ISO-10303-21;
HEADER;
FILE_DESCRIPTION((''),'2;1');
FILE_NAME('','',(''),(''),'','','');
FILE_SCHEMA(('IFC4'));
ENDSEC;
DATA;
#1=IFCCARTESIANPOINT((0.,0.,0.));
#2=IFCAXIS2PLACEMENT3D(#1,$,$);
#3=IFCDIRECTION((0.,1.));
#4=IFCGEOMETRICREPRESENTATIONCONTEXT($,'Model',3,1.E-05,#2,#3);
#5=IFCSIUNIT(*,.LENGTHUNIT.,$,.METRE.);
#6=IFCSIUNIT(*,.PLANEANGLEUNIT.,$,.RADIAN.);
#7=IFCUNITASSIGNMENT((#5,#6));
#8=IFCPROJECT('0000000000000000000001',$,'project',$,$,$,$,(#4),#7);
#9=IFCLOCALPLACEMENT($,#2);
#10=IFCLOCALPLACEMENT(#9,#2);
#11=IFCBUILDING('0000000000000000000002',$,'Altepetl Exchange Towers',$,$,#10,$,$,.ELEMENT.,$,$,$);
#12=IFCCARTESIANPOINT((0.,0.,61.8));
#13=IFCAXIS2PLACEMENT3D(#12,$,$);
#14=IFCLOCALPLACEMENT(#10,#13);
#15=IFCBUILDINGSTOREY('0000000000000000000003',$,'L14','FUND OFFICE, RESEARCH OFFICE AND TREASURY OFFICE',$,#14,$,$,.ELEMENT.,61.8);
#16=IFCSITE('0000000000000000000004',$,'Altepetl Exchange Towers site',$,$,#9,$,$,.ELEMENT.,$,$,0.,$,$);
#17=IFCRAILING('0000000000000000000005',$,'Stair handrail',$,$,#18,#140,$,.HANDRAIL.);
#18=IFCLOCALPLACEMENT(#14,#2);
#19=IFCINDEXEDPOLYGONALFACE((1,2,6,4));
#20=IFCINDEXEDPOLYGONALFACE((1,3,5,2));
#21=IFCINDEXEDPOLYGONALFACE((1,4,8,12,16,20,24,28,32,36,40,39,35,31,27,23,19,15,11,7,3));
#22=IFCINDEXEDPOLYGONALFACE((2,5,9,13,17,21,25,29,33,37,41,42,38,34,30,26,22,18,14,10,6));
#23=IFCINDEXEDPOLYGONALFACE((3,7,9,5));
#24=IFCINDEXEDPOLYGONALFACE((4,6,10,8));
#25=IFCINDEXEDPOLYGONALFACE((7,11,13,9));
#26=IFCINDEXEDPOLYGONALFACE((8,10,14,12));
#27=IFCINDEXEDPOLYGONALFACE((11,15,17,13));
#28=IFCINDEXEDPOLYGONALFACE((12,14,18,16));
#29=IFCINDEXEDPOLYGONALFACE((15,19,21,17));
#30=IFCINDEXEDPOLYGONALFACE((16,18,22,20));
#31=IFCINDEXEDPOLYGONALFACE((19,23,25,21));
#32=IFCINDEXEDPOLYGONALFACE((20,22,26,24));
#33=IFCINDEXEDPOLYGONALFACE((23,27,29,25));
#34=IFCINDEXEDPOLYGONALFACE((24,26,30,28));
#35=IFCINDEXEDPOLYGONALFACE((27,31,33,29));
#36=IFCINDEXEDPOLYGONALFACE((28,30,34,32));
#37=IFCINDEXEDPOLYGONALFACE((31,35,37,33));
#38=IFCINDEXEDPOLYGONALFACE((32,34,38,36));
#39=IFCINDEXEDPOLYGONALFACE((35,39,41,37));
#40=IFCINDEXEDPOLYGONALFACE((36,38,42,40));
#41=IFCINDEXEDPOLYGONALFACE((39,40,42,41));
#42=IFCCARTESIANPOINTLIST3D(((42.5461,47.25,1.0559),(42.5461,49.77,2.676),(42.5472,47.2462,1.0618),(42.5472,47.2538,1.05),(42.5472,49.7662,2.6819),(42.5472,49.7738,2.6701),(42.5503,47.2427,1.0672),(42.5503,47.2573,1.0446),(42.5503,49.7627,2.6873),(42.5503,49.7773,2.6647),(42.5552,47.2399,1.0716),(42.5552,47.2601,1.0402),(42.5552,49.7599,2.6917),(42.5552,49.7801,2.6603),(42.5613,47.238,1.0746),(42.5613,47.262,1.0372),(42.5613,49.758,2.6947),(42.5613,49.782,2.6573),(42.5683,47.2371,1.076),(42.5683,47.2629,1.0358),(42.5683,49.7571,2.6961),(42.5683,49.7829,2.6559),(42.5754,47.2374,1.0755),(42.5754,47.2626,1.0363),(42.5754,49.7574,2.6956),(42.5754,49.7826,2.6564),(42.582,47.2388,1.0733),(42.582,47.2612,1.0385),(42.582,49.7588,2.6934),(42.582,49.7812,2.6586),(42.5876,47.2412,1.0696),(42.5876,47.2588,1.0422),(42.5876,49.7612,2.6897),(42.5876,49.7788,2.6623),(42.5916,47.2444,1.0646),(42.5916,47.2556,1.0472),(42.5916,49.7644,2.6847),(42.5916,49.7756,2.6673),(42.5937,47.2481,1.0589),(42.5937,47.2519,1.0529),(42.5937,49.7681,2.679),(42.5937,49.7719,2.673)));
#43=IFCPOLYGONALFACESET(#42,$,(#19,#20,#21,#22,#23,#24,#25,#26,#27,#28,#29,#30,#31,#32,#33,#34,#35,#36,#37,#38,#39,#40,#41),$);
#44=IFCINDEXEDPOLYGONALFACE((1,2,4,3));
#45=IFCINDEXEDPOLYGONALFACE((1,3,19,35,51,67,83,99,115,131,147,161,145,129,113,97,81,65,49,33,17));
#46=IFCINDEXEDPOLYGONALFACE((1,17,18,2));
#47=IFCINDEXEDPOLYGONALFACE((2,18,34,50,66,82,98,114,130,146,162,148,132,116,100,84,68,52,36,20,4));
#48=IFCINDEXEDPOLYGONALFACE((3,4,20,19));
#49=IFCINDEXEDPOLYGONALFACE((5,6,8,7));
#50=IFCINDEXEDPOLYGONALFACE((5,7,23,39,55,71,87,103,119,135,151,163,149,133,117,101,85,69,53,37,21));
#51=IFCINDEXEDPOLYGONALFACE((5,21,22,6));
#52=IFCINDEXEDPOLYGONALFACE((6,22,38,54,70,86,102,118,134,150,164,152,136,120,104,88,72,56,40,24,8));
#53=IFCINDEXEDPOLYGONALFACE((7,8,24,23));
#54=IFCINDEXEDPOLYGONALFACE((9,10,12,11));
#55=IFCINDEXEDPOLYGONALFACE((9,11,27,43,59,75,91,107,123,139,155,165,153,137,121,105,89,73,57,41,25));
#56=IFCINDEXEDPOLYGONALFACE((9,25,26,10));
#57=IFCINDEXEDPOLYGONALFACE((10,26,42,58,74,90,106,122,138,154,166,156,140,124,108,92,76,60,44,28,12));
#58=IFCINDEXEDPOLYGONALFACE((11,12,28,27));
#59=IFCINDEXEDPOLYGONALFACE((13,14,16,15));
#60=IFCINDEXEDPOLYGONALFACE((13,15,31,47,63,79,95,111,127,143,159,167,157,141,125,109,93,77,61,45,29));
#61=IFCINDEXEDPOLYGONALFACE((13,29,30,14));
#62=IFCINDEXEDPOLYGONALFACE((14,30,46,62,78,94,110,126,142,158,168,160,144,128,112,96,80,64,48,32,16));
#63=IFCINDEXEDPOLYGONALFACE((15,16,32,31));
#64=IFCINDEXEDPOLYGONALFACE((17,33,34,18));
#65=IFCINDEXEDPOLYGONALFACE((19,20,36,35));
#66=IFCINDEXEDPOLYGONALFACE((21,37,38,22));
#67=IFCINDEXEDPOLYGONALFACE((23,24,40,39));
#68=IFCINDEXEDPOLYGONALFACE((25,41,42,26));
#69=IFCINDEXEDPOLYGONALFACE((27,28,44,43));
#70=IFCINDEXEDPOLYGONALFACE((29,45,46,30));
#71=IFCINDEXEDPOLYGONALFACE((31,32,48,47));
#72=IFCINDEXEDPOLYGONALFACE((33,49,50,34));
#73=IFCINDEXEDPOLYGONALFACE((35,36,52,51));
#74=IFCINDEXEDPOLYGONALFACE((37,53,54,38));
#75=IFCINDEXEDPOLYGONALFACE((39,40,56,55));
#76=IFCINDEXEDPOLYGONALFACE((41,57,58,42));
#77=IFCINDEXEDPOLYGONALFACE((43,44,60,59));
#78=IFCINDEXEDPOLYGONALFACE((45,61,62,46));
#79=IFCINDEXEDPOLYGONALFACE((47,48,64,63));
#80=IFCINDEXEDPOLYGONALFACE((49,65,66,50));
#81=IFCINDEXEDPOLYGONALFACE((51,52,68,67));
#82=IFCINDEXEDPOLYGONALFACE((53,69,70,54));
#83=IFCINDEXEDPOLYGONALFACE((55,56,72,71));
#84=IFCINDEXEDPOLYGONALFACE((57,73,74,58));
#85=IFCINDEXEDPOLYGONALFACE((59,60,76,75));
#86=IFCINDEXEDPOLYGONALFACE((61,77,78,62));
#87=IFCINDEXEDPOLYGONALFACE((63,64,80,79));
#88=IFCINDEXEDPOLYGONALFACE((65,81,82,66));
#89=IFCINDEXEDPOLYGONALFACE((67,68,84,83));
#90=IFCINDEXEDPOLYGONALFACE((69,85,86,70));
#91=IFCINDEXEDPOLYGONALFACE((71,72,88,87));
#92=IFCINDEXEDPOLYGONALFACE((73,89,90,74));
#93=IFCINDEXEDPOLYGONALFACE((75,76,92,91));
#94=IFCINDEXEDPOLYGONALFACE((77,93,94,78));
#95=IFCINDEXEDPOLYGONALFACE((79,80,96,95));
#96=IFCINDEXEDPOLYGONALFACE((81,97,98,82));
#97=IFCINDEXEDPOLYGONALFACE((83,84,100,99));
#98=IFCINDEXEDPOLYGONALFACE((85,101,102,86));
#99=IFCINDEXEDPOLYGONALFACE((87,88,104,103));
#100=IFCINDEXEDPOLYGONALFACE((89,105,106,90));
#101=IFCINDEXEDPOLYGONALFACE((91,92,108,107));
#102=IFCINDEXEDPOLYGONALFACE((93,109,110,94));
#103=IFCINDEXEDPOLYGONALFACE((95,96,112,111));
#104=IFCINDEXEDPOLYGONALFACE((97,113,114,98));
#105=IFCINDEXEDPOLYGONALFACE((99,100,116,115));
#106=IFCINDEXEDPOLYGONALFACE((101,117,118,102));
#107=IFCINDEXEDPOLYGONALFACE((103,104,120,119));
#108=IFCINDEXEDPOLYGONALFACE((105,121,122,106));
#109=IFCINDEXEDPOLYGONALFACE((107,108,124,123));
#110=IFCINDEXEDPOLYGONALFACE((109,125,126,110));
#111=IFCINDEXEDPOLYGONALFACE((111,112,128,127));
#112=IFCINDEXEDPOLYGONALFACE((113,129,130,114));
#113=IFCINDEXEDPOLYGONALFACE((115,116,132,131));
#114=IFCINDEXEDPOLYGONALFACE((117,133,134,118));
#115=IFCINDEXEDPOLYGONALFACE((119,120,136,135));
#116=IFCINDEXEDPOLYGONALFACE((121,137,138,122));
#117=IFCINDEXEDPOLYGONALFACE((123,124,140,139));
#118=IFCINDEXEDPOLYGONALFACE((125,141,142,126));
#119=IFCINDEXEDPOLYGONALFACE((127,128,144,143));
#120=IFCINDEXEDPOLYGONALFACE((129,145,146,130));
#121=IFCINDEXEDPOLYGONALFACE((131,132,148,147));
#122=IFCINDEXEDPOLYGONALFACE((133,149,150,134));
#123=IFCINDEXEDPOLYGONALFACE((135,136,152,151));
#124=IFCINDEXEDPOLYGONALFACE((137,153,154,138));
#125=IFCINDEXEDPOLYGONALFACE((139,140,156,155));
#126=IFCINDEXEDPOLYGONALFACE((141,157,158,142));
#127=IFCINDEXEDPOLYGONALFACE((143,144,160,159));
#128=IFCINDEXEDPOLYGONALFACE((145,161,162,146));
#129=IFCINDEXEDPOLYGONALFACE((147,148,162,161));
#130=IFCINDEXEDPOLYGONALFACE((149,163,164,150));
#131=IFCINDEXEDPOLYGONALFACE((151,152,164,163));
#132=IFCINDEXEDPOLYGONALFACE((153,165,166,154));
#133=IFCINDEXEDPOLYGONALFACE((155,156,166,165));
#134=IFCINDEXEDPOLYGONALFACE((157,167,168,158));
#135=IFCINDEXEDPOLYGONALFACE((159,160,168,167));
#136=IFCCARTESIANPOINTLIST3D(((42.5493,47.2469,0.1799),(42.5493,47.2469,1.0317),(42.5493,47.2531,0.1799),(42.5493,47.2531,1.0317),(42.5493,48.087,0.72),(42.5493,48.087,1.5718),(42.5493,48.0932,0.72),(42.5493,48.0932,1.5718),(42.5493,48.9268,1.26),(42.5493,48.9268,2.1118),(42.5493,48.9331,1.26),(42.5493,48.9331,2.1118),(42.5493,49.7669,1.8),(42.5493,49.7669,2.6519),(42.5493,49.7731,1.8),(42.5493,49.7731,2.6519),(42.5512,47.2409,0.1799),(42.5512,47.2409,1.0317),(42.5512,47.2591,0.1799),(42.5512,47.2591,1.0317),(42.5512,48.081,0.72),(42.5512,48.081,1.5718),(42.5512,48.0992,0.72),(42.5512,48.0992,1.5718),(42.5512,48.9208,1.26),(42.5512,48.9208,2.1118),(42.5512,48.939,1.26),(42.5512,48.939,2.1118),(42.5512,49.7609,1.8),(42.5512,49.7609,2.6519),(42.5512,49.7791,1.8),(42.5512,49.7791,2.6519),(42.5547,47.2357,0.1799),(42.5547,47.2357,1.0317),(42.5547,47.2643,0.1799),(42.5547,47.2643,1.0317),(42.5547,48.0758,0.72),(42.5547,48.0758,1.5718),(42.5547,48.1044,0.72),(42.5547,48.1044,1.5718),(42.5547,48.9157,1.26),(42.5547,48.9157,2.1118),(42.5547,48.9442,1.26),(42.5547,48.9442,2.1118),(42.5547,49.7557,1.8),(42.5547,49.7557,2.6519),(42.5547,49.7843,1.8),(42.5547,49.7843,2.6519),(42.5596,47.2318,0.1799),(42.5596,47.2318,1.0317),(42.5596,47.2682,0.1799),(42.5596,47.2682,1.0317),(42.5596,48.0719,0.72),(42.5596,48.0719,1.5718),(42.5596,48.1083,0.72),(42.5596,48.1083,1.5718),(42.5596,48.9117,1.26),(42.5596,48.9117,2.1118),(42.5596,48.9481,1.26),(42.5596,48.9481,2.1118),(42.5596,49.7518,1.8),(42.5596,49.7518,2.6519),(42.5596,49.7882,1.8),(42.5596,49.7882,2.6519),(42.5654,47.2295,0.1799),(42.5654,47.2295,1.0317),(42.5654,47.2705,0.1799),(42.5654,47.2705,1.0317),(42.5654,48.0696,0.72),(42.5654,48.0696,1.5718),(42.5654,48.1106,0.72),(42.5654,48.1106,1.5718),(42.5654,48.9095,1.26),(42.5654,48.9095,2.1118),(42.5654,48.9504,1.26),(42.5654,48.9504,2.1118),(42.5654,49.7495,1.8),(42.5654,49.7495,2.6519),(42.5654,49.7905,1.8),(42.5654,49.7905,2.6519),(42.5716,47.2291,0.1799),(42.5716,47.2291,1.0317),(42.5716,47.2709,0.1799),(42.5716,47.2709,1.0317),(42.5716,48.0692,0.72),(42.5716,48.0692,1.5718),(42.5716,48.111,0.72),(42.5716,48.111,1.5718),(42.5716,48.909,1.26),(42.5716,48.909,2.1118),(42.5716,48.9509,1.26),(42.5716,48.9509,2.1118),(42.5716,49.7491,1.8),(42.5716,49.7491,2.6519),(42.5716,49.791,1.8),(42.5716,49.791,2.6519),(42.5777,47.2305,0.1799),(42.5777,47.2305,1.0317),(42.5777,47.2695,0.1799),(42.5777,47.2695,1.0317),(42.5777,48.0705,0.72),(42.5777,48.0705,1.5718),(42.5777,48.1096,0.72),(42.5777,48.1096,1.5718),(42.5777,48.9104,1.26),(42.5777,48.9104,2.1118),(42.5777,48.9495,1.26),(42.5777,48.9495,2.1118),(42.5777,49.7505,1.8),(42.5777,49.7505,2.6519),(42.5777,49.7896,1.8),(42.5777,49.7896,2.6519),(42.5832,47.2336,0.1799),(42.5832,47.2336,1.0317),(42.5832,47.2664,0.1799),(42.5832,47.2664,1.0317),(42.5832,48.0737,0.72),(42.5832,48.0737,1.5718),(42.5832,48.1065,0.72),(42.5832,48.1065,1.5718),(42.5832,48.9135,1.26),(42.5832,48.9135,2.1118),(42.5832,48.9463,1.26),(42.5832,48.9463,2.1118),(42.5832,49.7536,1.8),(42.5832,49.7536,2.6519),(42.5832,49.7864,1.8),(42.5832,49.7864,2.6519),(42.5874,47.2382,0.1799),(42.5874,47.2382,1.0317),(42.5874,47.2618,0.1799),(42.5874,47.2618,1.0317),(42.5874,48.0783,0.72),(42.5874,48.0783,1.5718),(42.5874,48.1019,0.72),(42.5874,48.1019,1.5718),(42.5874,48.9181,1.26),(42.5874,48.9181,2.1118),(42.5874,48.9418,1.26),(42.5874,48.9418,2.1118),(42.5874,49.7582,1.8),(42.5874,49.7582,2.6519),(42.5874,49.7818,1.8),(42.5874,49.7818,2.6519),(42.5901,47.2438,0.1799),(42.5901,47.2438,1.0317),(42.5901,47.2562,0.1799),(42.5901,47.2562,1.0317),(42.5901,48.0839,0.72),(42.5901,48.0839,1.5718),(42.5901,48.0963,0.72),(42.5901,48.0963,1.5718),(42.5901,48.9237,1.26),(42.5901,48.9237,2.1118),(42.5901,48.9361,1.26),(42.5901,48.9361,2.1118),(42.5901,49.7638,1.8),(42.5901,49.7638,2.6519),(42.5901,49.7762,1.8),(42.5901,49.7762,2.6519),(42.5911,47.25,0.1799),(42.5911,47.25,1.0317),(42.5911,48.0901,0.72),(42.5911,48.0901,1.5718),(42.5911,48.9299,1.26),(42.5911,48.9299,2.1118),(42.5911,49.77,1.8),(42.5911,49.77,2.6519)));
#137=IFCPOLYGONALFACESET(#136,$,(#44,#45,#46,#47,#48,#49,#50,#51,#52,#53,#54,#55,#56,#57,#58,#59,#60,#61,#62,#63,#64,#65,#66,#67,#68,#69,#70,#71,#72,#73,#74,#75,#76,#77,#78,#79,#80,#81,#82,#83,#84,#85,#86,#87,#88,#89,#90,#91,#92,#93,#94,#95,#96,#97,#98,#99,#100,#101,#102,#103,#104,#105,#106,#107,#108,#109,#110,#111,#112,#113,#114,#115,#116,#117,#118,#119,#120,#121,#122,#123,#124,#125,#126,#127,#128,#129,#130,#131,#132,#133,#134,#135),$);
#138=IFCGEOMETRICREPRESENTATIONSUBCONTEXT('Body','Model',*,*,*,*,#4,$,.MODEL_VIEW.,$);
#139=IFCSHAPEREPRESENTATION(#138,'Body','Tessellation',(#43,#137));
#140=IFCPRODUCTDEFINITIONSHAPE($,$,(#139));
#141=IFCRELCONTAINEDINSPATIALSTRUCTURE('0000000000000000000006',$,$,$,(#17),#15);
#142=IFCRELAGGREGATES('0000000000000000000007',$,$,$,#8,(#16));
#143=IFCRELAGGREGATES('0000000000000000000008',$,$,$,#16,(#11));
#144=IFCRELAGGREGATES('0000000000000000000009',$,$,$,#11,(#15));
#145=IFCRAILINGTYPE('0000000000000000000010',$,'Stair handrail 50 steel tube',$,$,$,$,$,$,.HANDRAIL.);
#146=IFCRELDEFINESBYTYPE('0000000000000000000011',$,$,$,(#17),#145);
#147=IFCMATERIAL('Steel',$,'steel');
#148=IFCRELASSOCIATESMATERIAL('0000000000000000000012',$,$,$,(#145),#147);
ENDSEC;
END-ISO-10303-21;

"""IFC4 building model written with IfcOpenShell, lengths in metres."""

from ifc_helpers import new_model, si_unit, direction, frame, origin, origin_2d, place, context, subcontext, project, spatial, circle, extrude, source, transform, mapped, material, type_object, element, save


model = new_model("IFC4")

# Units and contexts
model_context = context("Model", 3, precision=1e-05, world=origin(), true_north=direction((0.0, 1.0)))
body_context = subcontext(model_context, "Body", "Model", "MODEL_VIEW")
ifc_project = project(units=[si_unit("LENGTHUNIT", "METRE"), si_unit("PLANEANGLEUNIT", "RADIAN")], contexts=[model_context])

# Site, building, storey
site_placement = place(None, origin())
site = spatial("IfcSite", under=ifc_project, at=site_placement, Name="Altepetl Exchange Towers site", CompositionType="ELEMENT", RefElevation=0.0)
building_placement = place(site_placement, origin())
building = spatial("IfcBuilding", under=site, at=building_placement, Name="Altepetl Exchange Towers", CompositionType="ELEMENT")
storey_placement = place(building_placement, frame((0.0, 0.0, 61.8)))
storey = spatial("IfcBuildingStorey", under=building, at=storey_placement, Name="L14", Description="FUND OFFICE, RESEARCH OFFICE AND TREASURY OFFICE", CompositionType="ELEMENT", Elevation=61.8)

# Railing
ifc_material_1 = material(Name="Steel", Category="steel")
railing_type = type_object("IfcRailingType", Name="Stair handrail 50 steel tube", PredefinedType="HANDRAIL", material=ifc_material_1)
shared_shape = source(origin(), body_context, "Body", "SweptSolid", [
    extrude(circle(Radius=0.021, at=origin_2d()), origin(), (0.0, 0.0, 1.0), 0.8518),
])
railing_placement = place(storey_placement, frame((42.5701, 47.25, 0.1799)))
element("IfcRailing", 1, at=railing_placement, inside=storey, type_object=railing_type, Name="Stair handrail", PredefinedType="HANDRAIL", context=body_context, shape_type="SweptSolid", body=[
    extrude(circle(Radius=0.0239, at=origin_2d()), frame((0.0, 0.0, 0.876), z_axis=(0.0, 0.841163, 0.540782), x_axis=(-1.0, 0.0, 0.0)), (0.0, 0.0, 1.0), 2.9958),
    mapped(shared_shape, transform((0.0, 0.0, 0.0))),
    mapped(shared_shape, transform((0.0, 0.8401, 0.54))),
    mapped(shared_shape, transform((0.0, 1.6799, 1.0801))),
    mapped(shared_shape, transform((0.0, 2.52, 1.6201))),
])

save(model, "model.ifc")
